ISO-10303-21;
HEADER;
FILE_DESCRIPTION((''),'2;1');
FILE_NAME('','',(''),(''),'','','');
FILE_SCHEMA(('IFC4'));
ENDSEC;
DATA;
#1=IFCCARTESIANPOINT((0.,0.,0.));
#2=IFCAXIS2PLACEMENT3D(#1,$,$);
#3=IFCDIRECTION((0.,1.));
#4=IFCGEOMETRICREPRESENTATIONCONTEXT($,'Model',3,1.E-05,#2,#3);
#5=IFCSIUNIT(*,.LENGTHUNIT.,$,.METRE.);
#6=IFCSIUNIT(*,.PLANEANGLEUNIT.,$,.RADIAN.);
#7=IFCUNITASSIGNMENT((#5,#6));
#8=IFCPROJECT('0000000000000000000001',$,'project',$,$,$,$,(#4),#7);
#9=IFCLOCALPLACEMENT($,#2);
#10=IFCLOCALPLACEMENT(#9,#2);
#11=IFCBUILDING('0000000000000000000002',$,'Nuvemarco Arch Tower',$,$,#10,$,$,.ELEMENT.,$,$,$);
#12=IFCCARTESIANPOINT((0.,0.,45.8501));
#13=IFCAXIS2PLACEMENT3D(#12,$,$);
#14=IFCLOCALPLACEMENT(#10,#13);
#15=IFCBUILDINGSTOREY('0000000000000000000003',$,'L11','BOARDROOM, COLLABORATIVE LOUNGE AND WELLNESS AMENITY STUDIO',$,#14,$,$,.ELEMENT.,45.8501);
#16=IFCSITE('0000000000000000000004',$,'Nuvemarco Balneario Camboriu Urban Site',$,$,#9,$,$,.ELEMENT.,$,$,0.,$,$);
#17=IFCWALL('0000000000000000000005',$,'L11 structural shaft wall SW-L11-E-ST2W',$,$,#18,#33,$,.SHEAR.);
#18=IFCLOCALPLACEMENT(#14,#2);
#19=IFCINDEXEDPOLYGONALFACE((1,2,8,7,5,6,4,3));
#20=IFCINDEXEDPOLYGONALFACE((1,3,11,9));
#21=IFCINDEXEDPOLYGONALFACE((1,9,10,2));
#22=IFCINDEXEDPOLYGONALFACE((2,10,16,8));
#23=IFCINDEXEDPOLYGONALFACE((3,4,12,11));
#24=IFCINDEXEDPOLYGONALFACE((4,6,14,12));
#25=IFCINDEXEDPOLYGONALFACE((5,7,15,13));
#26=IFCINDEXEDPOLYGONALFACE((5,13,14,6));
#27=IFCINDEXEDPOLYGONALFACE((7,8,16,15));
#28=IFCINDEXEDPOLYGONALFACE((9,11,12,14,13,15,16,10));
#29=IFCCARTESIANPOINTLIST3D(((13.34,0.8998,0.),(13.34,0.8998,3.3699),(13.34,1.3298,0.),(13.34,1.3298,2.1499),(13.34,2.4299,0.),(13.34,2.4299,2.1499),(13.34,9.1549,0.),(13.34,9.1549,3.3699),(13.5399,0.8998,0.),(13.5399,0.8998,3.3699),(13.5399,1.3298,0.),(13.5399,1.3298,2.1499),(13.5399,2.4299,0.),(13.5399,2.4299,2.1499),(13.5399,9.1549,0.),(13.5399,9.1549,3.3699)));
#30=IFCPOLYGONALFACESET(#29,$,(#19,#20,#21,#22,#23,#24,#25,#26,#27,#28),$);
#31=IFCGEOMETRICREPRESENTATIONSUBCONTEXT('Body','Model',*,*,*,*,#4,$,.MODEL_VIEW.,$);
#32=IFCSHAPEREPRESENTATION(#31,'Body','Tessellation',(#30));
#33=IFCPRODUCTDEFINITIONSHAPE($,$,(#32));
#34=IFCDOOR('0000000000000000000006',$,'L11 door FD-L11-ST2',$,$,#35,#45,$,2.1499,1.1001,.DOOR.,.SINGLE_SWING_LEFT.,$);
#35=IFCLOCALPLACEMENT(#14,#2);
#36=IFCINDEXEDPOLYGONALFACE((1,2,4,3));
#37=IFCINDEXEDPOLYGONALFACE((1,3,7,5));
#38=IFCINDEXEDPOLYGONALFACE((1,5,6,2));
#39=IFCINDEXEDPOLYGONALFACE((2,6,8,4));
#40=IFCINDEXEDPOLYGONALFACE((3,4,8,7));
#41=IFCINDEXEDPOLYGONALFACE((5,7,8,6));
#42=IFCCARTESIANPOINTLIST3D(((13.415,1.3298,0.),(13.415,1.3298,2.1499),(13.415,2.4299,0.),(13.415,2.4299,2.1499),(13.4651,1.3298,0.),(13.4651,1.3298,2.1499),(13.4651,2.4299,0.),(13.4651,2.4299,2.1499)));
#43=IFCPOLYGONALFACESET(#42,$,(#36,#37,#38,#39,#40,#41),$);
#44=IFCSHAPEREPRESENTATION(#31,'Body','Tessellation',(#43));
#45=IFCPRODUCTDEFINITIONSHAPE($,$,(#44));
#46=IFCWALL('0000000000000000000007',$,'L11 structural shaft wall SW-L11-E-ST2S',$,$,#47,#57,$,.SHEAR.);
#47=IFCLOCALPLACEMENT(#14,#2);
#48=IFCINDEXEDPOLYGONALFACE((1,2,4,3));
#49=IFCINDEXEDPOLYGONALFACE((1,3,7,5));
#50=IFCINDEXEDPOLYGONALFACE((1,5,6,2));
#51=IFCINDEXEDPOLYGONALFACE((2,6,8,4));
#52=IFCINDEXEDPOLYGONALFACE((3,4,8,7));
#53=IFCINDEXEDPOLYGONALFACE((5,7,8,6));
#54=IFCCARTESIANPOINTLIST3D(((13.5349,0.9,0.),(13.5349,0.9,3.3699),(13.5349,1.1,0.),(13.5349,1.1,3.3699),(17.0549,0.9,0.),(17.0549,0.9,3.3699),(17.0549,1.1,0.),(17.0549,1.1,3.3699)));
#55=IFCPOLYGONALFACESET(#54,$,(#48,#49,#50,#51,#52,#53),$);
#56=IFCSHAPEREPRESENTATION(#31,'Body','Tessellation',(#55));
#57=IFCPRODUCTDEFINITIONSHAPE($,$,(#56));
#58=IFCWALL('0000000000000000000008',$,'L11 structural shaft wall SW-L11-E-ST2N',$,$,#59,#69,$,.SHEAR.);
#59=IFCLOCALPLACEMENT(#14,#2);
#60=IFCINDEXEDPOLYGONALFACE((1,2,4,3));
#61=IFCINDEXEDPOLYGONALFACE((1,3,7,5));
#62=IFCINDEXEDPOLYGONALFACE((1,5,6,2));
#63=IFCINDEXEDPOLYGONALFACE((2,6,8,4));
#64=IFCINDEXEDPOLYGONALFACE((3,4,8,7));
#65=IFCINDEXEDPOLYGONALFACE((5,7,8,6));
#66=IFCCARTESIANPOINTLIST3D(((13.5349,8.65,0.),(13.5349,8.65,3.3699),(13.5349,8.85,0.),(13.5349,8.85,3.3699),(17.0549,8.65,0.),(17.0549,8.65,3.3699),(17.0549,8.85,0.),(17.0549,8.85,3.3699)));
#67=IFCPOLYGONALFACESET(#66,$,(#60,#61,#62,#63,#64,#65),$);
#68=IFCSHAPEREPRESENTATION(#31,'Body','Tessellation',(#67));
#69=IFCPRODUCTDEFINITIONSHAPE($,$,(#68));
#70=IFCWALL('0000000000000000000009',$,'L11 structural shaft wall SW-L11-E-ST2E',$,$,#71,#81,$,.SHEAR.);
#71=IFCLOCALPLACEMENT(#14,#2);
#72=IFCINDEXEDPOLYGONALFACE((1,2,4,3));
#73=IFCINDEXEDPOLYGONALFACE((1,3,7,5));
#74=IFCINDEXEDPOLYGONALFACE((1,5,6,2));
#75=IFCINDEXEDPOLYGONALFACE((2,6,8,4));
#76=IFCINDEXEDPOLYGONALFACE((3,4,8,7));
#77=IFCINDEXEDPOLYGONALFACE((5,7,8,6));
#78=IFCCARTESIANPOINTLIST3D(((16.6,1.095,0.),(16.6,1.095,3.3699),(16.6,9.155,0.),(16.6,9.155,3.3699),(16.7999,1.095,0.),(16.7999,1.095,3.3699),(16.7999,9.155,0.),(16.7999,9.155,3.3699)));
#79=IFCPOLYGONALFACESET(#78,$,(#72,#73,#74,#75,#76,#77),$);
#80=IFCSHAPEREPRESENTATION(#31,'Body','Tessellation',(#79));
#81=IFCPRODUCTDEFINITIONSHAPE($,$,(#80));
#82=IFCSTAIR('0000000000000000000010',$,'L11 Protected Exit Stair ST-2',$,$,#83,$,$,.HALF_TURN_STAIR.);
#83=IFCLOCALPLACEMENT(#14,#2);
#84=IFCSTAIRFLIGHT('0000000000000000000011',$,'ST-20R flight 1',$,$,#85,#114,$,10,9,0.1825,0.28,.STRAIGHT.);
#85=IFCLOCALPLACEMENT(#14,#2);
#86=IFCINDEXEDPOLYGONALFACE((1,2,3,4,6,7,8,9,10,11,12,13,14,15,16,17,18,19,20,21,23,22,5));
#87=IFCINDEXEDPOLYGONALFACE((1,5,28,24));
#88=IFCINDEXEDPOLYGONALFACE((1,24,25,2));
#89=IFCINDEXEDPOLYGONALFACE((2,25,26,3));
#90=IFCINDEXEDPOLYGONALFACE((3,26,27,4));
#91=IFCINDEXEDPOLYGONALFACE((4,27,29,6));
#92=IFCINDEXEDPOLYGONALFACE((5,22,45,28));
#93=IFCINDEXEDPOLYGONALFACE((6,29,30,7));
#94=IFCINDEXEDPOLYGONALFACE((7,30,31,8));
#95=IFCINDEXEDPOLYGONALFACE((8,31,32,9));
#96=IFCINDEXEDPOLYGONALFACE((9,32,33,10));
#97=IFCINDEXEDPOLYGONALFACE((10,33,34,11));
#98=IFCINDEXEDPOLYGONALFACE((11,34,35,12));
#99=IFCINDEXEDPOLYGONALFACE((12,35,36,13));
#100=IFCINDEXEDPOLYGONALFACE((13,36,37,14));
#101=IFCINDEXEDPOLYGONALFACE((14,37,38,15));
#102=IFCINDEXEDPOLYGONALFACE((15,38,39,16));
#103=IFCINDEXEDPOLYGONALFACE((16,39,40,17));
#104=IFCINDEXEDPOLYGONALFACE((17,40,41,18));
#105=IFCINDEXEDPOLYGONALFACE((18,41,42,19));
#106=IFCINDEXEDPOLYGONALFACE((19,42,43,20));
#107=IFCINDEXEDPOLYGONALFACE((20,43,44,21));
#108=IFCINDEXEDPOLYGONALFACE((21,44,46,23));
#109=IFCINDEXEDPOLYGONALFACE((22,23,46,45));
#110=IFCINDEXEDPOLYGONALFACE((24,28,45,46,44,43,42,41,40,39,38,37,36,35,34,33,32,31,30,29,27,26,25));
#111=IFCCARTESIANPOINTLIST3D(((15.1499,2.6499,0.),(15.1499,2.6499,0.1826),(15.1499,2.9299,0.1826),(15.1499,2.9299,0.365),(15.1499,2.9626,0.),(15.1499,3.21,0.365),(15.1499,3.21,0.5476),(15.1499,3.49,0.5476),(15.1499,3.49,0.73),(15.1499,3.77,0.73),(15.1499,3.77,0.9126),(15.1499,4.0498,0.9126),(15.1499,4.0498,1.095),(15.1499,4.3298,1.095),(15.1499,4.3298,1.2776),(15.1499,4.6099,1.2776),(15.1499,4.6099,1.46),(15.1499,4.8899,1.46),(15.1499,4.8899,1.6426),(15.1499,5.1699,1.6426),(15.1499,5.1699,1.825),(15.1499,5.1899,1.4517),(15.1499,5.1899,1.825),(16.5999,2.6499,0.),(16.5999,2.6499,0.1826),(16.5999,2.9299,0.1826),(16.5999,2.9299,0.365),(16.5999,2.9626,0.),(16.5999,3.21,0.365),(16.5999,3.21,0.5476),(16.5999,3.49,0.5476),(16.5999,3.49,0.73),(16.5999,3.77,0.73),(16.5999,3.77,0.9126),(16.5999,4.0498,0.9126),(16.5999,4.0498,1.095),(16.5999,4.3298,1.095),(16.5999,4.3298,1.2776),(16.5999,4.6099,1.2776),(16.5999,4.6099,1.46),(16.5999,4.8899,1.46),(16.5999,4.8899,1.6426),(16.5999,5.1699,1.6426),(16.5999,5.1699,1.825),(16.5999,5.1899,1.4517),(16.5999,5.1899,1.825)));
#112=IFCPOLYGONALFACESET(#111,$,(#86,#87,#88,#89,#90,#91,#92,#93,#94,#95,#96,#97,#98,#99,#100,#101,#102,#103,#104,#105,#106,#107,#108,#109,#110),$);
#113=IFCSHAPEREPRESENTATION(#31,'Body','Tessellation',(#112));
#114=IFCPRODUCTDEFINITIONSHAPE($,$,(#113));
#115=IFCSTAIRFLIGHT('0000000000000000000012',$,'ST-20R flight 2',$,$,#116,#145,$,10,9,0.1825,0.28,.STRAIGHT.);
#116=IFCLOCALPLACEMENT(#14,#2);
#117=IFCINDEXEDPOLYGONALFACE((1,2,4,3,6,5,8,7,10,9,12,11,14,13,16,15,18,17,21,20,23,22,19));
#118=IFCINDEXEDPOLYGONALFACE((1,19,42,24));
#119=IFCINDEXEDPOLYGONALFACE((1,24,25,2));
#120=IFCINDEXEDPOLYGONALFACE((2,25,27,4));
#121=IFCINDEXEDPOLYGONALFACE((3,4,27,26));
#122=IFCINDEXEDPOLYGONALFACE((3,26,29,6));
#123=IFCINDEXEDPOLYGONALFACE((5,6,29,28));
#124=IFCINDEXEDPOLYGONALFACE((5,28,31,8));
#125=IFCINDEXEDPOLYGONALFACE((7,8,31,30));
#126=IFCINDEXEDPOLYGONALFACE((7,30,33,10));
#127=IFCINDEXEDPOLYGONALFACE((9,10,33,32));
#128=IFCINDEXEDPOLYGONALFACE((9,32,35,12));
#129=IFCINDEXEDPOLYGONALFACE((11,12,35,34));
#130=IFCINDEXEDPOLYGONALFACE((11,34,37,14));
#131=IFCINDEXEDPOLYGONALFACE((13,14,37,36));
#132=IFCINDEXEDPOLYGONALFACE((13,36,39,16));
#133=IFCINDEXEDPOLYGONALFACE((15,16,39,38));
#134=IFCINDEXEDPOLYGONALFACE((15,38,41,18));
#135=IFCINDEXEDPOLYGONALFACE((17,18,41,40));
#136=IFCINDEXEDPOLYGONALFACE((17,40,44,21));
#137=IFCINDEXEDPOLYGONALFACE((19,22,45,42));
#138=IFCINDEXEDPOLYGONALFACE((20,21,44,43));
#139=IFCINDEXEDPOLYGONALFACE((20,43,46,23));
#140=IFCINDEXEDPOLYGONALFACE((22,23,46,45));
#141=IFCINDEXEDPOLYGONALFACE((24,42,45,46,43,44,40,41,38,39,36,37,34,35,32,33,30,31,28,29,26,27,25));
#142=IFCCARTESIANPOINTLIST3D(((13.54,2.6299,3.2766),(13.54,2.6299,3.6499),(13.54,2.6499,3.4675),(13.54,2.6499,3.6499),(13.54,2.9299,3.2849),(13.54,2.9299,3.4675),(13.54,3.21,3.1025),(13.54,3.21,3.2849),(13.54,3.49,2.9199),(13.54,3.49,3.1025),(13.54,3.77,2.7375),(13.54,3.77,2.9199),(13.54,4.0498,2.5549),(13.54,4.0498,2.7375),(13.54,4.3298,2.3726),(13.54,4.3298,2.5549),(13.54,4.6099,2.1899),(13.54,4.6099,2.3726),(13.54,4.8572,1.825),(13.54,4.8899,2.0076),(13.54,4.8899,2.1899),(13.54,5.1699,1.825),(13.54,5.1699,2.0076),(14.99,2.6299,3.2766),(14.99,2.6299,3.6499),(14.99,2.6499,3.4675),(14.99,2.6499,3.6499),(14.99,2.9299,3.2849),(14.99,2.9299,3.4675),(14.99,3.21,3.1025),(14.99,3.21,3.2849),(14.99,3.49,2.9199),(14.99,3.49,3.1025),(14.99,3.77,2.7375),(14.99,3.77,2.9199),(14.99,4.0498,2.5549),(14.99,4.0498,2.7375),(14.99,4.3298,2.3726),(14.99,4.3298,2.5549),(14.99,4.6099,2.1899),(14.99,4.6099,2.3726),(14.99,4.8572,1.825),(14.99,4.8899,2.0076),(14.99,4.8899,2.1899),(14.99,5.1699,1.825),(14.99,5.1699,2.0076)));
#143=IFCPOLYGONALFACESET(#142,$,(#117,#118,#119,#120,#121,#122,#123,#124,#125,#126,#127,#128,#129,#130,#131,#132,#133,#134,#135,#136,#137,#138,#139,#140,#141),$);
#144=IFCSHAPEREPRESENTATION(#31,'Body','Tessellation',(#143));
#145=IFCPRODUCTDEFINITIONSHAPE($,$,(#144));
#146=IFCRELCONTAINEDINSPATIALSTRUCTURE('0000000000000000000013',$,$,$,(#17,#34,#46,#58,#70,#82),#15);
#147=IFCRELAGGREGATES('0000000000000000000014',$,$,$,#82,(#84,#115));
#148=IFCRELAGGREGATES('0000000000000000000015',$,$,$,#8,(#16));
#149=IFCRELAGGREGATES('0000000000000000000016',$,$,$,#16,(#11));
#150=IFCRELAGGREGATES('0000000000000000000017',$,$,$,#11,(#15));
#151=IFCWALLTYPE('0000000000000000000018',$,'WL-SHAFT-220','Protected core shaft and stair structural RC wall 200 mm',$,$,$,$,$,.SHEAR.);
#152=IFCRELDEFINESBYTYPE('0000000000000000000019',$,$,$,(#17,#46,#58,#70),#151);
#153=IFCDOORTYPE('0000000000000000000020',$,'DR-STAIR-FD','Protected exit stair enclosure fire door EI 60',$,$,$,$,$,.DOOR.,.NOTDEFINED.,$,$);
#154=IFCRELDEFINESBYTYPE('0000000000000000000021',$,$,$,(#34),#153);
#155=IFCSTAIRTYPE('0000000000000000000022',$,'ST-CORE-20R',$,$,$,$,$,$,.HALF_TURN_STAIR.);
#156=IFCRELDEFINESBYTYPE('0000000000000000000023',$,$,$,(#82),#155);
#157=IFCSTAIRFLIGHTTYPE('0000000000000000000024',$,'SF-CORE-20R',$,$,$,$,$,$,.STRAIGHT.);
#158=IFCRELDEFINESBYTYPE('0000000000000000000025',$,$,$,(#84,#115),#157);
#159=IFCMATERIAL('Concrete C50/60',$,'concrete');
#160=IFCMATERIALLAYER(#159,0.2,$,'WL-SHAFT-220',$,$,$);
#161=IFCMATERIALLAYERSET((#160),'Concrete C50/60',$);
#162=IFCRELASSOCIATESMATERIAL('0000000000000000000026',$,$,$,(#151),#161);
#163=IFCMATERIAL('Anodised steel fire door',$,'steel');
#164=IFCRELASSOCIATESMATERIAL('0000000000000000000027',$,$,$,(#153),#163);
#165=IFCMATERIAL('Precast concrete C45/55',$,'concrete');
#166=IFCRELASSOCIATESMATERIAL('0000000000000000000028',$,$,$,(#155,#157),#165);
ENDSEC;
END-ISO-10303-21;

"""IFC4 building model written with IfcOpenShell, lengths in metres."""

from ifc_helpers import new_model, si_unit, direction, frame, frame_2d, origin, place, context, subcontext, project, spatial, polyline, rectangle, outline, extrude, source, transform, mapped, material, layer, layer_set, type_object, type_shapes, element, fill, aggregate, save


model = new_model("IFC4")

# Units and contexts
model_context = context("Model", 3, precision=1e-05, world=origin(), true_north=direction((0.0, 1.0)))
body_context = subcontext(model_context, "Body", "Model", "MODEL_VIEW")
ifc_project = project(units=[si_unit("LENGTHUNIT", "METRE"), si_unit("PLANEANGLEUNIT", "RADIAN")], contexts=[model_context])

# Site, building, storey
site_placement = place(None, origin())
site = spatial("IfcSite", under=ifc_project, at=site_placement, Name="Nuvemarco Balneario Camboriu Urban Site", CompositionType="ELEMENT", RefElevation=0.0)
building_placement = place(site_placement, origin())
building = spatial("IfcBuilding", under=site, at=building_placement, Name="Nuvemarco Arch Tower", CompositionType="ELEMENT")
storey_placement = place(building_placement, frame((0.0, 0.0, 45.8501)))
storey = spatial("IfcBuildingStorey", under=building, at=storey_placement, Name="L11", Description="BOARDROOM, COLLABORATIVE LOUNGE AND WELLNESS AMENITY STUDIO", CompositionType="ELEMENT", Elevation=45.8501)

# Shared definitions
ifc_material_1 = material(Name="Anodised steel fire door", Category="steel")

# Wall, opening, door
ifc_material_2 = material(Name="Concrete C50/60", Category="concrete")
ifc_layer_1 = layer(ifc_material_2, 0.2, Name="WL-SHAFT-220")
ifc_layer_set_1 = layer_set([ifc_layer_1], Name="Concrete C50/60")
wall_type_1 = type_object("IfcWallType", Name="WL-SHAFT-220", Description="Protected core shaft and stair structural RC wall 200 mm", PredefinedType="SHEAR", material=ifc_layer_set_1)
wall_1_placement = place(storey_placement, frame((13.4399, 0.8999, 0.0), z_axis=(0.0, 0.0, 1.0), x_axis=(0.0, 1.0, 0.0)))
wall_1 = element("IfcWall", 1, at=wall_1_placement, inside=storey, type_object=wall_type_1, Name="L11 structural shaft wall SW-L11-E-ST2W", PredefinedType="SHEAR", context=body_context, shape_type="SweptSolid", body=[
    extrude(rectangle(XDim=8.2551, YDim=0.2, at=frame_2d((4.1274, 0.0))), origin(), (0.0, 0.0, 1.0), 3.3699),
])
opening_1_placement = place(wall_1_placement, frame((0.4299, 0.0, 0.0)))
opening_1 = element("IfcOpeningElement", 2, at=opening_1_placement, cuts=wall_1, PredefinedType="OPENING", context=body_context, shape_type="SweptSolid", body=[
    extrude(rectangle(XDim=1.1001, YDim=2.1499, at=frame_2d((0.55, 1.075))), frame((0.0, 0.1099, 0.0), z_axis=(0.0, -1.0, 0.0), x_axis=(1.0, 0.0, 0.0)), (0.0, 0.0, 1.0), 0.22),
])
door_type_1 = type_object("IfcDoorType", Name="DR-STAIR-FD", Description="Protected exit stair enclosure fire door EI 60", OperationType="NOTDEFINED", PredefinedType="DOOR", material=ifc_material_1)
shared_shape_1 = source(origin(), body_context, "Body", "SweptSolid", [
    extrude(rectangle(XDim=1.1001, YDim=2.1499, at=frame_2d((0.55, 1.075))), frame((0.0, 0.0249, 0.0), z_axis=(0.0, -1.0, 0.0), x_axis=(1.0, 0.0, 0.0)), (0.0, 0.0, 1.0), 0.05),
])
type_shapes(door_type_1, [shared_shape_1])
door_1_placement = place(opening_1_placement, origin())
door_1 = element("IfcDoor", 3, at=door_1_placement, inside=storey, type_object=door_type_1, Name="L11 door FD-L11-ST2", OperationType="SINGLE_SWING_LEFT", OverallHeight=2.1499, OverallWidth=1.1001, PredefinedType="DOOR", context=body_context, shape_type="MappedRepresentation", body=[
    mapped(shared_shape_1, transform((0.0, 0.0, 0.0), scale=1.0)),
])
fill(opening_1, door_1)

# Walls
for number, where, z_axis, x_axis, name in (
    (4, (13.5349, 1.0, 0.0), (0.0, 0.0, 1.0), (1.0, 0.0, 0.0), "L11 structural shaft wall SW-L11-E-ST2S"),
    (5, (13.5349, 8.75, 0.0), (0.0, 0.0, 1.0), (1.0, 0.0, 0.0), "L11 structural shaft wall SW-L11-E-ST2N"),
):
    element("IfcWall", number, at=place(storey_placement, frame(where, z_axis=z_axis, x_axis=x_axis)), inside=storey, type_object=wall_type_1, Name=name, PredefinedType="SHEAR", context=body_context, shape_type="SweptSolid", body=[
        extrude(rectangle(XDim=3.52, YDim=0.2, at=frame_2d((1.76, 0.0))), origin(), (0.0, 0.0, 1.0), 3.3699),
    ])
wall_2_placement = place(storey_placement, frame((16.7, 1.095, 0.0), z_axis=(0.0, 0.0, 1.0), x_axis=(0.0, 1.0, 0.0)))
element("IfcWall", 6, at=wall_2_placement, inside=storey, type_object=wall_type_1, Name="L11 structural shaft wall SW-L11-E-ST2E", PredefinedType="SHEAR", context=body_context, shape_type="SweptSolid", body=[
    extrude(rectangle(XDim=8.0601, YDim=0.2, at=frame_2d((4.03, 0.0))), origin(), (0.0, 0.0, 1.0), 3.3699),
])

# Stair, stair flights
ifc_material_3 = material(Name="Precast concrete C45/55", Category="concrete")
stair_type = type_object("IfcStairType", Name="ST-CORE-20R", PredefinedType="HALF_TURN_STAIR", material=ifc_material_3)
stair_placement = place(storey_placement, origin())
stair = element("IfcStair", 7, at=stair_placement, inside=storey, type_object=stair_type, Name="L11 Protected Exit Stair ST-2", PredefinedType="HALF_TURN_STAIR")
stair_flight_type = type_object("IfcStairFlightType", Name="SF-CORE-20R", PredefinedType="STRAIGHT", material=ifc_material_3)
stair_flight_1_placement = place(storey_placement, frame((15.875, 2.6499, 0.0), z_axis=(0.0, 0.0, 1.0), x_axis=(0.0, 1.0, 0.0)))
stair_flight_1 = element("IfcStairFlight", 8, at=stair_flight_1_placement, type_object=stair_flight_type, Name="ST-20R flight 1", NumberOfRisers=10, NumberOfTreads=9, PredefinedType="STRAIGHT", RiserHeight=0.1825, TreadLength=0.28, context=body_context, shape_type="SweptSolid", body=[
    extrude(outline(polyline([(0.0, 0.0), (0.0, 0.1826), (0.28, 0.1826), (0.28, 0.365), (0.5601, 0.365), (0.5601, 0.5476), (0.8401, 0.5476), (0.8401, 0.73), (1.1201, 0.73), (1.1201, 0.9126), (1.3999, 0.9126), (1.3999, 1.095), (1.6799, 1.095), (1.6799, 1.2776), (1.96, 1.2776), (1.96, 1.46), (2.24, 1.46), (2.24, 1.6426), (2.52, 1.6426), (2.52, 1.825), (2.54, 1.825), (2.54, 1.4517), (0.3127, 0.0), (0.0, 0.0)])), frame((0.0, 0.7251, 0.0), z_axis=(0.0, -1.0, 0.0), x_axis=(1.0, 0.0, 0.0)), (0.0, 0.0, 1.0), 1.45),
])
stair_flight_2_placement = place(storey_placement, frame((14.2649, 5.1699, 1.825), z_axis=(0.0, 0.0, 1.0), x_axis=(0.0, -1.0, 0.0)))
stair_flight_2 = element("IfcStairFlight", 9, at=stair_flight_2_placement, type_object=stair_flight_type, Name="ST-20R flight 2", NumberOfRisers=10, NumberOfTreads=9, PredefinedType="STRAIGHT", RiserHeight=0.1825, TreadLength=0.28, context=body_context, shape_type="SweptSolid", body=[
    extrude(outline(polyline([(0.0, 0.0), (0.0, 0.1826), (0.28, 0.1826), (0.28, 0.365), (0.5601, 0.365), (0.5601, 0.5476), (0.8401, 0.5476), (0.8401, 0.73), (1.1201, 0.73), (1.1201, 0.9126), (1.3999, 0.9126), (1.3999, 1.095), (1.6799, 1.095), (1.6799, 1.2776), (1.96, 1.2776), (1.96, 1.46), (2.24, 1.46), (2.24, 1.6426), (2.52, 1.6426), (2.52, 1.825), (2.54, 1.825), (2.54, 1.4517), (0.3127, 0.0), (0.0, 0.0)])), frame((0.0, 0.7251, 0.0), z_axis=(0.0, -1.0, 0.0), x_axis=(1.0, 0.0, 0.0)), (0.0, 0.0, 1.0), 1.45),
])
aggregate(stair, [stair_flight_1, stair_flight_2])

save(model, "model.ifc")
